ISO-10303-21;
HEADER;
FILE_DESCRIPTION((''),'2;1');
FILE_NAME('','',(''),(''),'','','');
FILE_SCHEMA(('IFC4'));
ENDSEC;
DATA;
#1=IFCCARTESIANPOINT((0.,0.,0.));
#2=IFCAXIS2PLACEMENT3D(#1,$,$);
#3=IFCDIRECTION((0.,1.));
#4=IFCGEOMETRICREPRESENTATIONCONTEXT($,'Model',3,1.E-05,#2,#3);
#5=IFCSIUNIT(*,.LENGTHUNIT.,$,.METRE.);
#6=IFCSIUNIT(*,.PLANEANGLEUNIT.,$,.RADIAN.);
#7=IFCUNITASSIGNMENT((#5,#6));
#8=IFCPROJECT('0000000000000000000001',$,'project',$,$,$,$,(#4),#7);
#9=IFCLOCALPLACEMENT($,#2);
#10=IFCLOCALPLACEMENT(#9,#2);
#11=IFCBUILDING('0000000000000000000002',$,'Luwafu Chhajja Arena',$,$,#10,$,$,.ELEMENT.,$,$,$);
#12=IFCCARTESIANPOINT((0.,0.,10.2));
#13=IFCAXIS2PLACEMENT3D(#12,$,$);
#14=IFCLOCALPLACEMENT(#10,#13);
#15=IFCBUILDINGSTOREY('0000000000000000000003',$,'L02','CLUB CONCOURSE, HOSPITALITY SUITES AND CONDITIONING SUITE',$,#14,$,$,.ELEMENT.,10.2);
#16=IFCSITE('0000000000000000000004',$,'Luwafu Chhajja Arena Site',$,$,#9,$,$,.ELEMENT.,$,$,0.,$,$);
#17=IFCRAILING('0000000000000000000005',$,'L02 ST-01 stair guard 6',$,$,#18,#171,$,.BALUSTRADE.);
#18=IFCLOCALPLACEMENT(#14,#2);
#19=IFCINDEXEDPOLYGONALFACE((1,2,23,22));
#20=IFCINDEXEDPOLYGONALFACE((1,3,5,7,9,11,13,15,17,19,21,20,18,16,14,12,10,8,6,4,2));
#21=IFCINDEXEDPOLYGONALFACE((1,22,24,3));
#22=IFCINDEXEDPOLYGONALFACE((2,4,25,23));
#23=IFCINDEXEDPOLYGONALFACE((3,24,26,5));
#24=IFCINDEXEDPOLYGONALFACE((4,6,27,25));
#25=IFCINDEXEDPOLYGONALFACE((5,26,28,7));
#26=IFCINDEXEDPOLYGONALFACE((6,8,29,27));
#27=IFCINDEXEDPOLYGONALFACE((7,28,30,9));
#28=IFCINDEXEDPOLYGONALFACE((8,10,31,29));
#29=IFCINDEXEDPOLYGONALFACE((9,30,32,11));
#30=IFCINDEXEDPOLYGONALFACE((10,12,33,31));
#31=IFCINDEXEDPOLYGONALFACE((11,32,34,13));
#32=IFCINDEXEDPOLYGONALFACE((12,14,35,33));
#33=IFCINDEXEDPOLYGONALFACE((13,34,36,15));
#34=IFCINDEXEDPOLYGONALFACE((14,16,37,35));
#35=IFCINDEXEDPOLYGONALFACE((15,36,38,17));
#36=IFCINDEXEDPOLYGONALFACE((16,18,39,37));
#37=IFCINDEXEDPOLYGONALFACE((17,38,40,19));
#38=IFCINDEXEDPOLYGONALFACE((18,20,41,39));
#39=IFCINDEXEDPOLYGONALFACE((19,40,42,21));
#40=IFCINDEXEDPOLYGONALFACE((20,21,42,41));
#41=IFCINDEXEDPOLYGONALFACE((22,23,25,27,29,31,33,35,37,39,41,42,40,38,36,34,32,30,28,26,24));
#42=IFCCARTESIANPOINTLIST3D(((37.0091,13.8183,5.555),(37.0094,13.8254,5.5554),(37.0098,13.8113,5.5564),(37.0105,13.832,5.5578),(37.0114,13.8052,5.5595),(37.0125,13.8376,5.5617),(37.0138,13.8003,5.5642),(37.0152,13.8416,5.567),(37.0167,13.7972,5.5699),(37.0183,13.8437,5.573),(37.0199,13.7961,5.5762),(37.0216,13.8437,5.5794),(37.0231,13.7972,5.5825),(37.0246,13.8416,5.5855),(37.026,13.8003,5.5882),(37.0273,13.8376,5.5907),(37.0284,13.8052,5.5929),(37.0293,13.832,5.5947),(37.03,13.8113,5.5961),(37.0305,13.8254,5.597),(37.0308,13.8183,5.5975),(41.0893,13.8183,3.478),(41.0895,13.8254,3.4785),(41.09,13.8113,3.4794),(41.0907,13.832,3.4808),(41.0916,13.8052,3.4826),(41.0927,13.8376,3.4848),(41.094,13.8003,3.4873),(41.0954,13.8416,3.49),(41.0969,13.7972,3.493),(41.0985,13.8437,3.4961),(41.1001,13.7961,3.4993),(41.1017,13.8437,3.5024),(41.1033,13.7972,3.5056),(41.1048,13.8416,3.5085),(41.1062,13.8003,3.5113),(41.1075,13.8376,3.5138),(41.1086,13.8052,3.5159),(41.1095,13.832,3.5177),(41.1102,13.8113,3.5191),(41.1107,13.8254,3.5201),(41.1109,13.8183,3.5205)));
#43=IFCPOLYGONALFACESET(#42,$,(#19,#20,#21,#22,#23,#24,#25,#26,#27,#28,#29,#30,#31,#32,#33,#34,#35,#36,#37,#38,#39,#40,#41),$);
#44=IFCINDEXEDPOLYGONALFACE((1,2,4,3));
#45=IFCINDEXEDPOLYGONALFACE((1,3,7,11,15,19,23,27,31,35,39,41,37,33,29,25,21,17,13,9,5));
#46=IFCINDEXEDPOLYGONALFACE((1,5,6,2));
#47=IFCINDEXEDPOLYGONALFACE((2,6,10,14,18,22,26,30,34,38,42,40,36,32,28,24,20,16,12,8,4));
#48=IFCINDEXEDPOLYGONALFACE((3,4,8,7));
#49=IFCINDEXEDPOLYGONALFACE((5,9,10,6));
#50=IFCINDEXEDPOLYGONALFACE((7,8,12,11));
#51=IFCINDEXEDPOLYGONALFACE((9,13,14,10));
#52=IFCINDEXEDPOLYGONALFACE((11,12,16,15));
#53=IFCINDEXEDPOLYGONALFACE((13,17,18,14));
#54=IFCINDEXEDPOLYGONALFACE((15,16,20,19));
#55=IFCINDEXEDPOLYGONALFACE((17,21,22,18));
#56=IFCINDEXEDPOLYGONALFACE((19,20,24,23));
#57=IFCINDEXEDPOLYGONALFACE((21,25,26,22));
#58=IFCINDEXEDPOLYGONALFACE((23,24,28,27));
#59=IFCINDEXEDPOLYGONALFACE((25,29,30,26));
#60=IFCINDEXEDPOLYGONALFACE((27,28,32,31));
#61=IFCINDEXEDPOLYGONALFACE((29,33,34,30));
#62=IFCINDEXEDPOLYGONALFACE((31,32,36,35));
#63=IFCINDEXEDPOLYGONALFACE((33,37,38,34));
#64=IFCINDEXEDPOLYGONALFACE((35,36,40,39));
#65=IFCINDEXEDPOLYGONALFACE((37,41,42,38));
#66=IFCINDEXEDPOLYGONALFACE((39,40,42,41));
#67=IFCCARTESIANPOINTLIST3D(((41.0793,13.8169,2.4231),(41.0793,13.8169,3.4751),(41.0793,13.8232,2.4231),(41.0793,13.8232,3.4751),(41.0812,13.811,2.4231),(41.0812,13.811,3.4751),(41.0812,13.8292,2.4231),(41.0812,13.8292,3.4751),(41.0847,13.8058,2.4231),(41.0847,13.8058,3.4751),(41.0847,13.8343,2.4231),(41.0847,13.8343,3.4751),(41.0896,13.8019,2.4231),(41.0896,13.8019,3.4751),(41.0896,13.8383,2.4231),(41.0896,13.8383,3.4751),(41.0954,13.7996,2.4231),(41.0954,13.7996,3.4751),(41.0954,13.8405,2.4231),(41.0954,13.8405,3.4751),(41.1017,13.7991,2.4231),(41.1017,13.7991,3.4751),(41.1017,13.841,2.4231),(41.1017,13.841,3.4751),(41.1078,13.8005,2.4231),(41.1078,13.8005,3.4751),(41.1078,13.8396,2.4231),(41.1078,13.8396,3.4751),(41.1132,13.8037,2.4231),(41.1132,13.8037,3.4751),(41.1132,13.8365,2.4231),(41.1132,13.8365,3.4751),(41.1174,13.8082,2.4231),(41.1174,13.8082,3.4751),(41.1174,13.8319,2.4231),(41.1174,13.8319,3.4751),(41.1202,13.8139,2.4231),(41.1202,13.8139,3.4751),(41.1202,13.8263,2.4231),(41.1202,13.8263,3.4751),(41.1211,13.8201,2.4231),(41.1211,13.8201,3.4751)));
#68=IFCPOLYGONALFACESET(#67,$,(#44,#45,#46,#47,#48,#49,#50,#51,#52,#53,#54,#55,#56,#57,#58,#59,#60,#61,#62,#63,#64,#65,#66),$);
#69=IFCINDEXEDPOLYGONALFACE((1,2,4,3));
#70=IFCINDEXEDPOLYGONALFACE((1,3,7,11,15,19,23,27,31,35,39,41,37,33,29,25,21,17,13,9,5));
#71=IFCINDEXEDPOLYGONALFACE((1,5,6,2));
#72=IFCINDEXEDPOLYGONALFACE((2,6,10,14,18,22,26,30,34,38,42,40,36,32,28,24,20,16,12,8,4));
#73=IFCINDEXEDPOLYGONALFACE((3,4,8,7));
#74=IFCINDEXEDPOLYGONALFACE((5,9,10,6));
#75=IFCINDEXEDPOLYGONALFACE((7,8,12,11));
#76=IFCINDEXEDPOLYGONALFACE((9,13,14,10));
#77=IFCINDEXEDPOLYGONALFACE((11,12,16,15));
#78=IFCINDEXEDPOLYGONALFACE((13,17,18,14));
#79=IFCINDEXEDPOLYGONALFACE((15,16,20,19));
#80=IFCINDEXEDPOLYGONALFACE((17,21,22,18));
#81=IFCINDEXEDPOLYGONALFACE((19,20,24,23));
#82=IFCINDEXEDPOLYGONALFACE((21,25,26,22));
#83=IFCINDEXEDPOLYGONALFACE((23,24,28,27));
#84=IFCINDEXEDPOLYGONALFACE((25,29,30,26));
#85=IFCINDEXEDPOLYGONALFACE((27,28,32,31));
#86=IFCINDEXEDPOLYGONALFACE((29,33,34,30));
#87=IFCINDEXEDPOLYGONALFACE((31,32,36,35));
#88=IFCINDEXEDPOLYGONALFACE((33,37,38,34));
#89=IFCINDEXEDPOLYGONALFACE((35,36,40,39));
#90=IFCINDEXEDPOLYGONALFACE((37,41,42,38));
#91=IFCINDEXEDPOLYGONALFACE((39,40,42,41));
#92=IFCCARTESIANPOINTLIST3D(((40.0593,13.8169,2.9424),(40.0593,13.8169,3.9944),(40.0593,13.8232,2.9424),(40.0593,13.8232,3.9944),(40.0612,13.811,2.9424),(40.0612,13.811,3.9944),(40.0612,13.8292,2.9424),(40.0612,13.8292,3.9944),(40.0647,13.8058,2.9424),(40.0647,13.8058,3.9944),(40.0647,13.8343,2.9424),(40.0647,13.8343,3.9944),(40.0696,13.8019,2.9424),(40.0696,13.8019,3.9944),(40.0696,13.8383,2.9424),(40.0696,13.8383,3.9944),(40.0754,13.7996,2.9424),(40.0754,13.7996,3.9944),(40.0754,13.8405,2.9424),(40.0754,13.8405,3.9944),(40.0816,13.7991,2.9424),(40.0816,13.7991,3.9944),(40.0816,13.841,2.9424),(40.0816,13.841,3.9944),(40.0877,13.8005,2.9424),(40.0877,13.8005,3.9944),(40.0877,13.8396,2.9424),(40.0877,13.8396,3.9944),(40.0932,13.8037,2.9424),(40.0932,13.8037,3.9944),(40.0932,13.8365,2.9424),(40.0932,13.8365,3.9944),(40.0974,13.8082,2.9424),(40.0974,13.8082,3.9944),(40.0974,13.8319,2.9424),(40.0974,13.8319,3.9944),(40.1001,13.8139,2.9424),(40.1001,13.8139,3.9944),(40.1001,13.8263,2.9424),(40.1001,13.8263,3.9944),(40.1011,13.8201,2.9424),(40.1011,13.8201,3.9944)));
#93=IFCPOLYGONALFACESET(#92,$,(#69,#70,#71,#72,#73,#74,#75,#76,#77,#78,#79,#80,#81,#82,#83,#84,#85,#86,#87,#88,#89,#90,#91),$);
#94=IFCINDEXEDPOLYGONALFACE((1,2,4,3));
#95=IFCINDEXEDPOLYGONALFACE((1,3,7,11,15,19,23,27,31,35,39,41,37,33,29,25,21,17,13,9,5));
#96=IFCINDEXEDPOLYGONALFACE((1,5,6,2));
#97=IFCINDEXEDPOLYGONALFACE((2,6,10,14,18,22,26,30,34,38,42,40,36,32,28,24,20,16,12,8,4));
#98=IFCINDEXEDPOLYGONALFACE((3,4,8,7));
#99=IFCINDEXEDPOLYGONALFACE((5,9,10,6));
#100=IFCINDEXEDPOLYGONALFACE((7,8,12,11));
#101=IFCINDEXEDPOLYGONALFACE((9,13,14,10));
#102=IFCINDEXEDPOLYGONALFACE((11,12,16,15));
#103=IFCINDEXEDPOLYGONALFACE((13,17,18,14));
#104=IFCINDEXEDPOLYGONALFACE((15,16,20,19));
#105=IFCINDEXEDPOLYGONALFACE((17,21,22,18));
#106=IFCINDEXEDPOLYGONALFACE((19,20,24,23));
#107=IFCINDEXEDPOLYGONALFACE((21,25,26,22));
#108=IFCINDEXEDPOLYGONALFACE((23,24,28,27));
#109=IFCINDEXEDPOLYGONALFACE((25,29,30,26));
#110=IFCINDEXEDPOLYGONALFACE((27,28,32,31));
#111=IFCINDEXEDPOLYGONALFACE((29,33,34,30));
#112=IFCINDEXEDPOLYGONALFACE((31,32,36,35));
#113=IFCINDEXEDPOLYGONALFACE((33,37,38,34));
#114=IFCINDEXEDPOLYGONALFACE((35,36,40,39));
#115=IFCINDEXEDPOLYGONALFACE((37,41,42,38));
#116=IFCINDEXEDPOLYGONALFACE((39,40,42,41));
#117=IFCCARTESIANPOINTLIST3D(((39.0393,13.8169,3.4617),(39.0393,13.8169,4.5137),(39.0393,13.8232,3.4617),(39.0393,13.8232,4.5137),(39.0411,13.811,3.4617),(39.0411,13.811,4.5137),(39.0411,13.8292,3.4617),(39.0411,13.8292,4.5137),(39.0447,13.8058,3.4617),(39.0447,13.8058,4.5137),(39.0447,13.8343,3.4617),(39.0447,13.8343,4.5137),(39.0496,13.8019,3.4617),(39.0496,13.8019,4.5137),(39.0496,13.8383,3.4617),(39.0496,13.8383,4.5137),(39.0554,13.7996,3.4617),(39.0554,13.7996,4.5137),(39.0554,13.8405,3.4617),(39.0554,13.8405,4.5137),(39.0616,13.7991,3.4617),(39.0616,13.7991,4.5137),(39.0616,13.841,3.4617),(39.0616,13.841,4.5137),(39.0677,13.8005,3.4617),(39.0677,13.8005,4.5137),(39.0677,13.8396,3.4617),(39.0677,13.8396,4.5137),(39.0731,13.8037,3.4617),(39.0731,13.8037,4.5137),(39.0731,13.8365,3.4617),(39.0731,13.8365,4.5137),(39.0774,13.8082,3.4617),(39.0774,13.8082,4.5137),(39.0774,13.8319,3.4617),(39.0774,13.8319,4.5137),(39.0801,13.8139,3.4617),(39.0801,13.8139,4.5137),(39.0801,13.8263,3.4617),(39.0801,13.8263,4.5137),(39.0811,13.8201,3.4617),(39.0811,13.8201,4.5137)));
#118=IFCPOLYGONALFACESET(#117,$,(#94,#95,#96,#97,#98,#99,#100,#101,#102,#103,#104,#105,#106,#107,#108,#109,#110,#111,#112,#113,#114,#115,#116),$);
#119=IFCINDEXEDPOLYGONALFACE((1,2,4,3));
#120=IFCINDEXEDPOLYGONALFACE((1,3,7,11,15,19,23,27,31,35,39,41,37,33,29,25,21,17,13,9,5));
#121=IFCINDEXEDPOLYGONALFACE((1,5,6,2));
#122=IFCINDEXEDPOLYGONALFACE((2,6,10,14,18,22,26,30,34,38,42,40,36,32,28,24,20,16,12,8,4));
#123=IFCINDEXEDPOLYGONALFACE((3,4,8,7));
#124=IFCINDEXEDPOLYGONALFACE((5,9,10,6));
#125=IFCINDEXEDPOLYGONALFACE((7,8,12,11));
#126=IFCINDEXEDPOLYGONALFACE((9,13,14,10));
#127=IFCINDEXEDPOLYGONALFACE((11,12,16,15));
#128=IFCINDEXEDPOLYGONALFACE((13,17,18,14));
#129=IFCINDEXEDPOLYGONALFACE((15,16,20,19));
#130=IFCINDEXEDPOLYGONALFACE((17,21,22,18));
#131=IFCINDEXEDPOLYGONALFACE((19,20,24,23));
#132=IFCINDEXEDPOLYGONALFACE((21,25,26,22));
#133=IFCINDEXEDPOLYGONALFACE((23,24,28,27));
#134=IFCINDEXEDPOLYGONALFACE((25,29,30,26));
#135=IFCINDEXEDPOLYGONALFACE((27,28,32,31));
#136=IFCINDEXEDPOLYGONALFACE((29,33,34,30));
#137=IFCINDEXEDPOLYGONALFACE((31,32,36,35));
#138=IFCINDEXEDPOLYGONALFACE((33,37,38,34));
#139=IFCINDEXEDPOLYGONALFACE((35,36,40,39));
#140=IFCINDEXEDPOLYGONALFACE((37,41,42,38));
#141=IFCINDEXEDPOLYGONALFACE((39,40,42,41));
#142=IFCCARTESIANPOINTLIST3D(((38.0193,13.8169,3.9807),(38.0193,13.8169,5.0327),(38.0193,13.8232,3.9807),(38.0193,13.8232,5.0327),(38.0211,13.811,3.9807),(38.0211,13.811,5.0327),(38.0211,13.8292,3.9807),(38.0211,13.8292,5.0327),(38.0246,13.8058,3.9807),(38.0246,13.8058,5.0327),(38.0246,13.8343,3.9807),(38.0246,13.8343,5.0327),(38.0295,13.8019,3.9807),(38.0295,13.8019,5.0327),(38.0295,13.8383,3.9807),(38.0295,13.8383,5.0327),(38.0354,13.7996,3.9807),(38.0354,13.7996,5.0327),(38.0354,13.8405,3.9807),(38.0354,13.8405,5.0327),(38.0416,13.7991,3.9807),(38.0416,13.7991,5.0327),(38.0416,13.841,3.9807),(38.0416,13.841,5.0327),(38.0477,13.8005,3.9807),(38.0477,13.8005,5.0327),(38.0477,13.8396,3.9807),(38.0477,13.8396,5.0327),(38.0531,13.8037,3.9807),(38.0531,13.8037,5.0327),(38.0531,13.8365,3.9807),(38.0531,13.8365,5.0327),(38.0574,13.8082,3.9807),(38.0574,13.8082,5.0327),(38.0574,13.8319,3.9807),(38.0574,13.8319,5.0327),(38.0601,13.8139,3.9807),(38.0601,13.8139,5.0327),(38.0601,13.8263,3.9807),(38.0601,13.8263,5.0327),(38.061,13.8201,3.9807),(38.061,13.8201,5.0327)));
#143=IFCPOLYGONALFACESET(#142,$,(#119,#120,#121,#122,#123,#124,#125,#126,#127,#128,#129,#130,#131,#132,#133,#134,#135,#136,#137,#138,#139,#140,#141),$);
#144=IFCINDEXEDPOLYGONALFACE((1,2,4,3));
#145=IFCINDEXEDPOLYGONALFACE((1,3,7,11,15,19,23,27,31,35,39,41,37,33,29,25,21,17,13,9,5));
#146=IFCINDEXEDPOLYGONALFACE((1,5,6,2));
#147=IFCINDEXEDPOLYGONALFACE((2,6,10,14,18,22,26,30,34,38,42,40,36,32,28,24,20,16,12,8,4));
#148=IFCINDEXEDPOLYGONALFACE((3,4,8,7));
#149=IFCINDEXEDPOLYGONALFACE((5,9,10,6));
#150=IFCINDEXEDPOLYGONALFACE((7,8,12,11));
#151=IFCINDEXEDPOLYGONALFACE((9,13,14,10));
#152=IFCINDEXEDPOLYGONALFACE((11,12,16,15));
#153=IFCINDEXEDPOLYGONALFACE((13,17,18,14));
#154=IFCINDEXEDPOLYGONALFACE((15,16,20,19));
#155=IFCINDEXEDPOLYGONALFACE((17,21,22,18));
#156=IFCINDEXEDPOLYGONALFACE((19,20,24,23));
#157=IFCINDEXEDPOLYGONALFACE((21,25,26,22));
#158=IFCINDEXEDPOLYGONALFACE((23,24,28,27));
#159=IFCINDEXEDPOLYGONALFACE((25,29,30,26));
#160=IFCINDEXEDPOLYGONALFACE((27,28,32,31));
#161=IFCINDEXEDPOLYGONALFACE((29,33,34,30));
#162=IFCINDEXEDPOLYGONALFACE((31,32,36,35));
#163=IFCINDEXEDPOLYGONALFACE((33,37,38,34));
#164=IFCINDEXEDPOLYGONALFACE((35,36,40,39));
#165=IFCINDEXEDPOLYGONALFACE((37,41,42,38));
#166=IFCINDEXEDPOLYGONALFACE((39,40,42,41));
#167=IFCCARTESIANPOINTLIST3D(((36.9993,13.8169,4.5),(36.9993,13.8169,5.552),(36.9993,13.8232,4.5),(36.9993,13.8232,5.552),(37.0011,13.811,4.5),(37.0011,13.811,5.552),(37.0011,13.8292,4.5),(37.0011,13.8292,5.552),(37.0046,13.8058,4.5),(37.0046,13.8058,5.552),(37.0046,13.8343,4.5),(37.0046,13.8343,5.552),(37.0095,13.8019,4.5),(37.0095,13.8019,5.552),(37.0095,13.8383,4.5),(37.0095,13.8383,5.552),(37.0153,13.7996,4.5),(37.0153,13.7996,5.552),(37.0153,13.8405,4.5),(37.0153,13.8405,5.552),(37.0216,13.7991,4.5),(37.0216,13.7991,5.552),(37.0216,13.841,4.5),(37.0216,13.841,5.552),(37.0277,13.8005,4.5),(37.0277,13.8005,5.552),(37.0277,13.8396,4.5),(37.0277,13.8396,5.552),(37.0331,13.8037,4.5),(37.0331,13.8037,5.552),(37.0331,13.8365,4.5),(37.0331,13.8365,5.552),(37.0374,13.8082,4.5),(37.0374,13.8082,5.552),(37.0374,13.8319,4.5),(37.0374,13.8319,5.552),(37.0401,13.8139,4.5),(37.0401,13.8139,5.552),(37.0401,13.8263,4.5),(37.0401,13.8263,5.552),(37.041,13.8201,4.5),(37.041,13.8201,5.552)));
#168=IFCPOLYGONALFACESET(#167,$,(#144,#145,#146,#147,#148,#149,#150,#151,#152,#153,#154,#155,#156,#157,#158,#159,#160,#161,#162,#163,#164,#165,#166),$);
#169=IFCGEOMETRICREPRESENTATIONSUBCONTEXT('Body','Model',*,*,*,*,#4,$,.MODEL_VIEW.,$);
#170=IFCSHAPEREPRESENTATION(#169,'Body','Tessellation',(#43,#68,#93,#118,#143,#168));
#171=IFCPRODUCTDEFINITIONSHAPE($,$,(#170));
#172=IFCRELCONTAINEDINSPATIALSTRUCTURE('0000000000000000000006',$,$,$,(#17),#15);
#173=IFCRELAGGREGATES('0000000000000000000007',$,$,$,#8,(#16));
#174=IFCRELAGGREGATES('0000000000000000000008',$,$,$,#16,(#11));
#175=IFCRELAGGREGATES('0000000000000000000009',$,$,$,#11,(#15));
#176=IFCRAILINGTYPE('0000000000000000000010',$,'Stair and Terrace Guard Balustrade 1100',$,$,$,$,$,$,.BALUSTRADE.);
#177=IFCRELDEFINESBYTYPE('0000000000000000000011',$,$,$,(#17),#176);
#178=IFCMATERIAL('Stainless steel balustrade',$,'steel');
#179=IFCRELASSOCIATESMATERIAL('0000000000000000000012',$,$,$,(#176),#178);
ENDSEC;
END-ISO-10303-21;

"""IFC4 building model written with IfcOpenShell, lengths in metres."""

from ifc_helpers import new_model, si_unit, direction, frame, origin, origin_2d, place, context, subcontext, project, spatial, circle, extrude, material, type_object, element, save


model = new_model("IFC4")

# Units and contexts
model_context = context("Model", 3, precision=1e-05, world=origin(), true_north=direction((0.0, 1.0)))
body_context = subcontext(model_context, "Body", "Model", "MODEL_VIEW")
ifc_project = project(units=[si_unit("LENGTHUNIT", "METRE"), si_unit("PLANEANGLEUNIT", "RADIAN")], contexts=[model_context])

# Site, building, storey
site_placement = place(None, origin())
site = spatial("IfcSite", under=ifc_project, at=site_placement, Name="Luwafu Chhajja Arena Site", CompositionType="ELEMENT", RefElevation=0.0)
building_placement = place(site_placement, origin())
building = spatial("IfcBuilding", under=site, at=building_placement, Name="Luwafu Chhajja Arena", CompositionType="ELEMENT")
storey_placement = place(building_placement, frame((0.0, 0.0, 10.2)))
storey = spatial("IfcBuildingStorey", under=building, at=storey_placement, Name="L02", Description="CLUB CONCOURSE, HOSPITALITY SUITES AND CONDITIONING SUITE", CompositionType="ELEMENT", Elevation=10.2)

# Railing
ifc_material_1 = material(Name="Stainless steel balustrade", Category="steel")
railing_type_1 = type_object("IfcRailingType", Name="Stair and Terrace Guard Balustrade 1100", PredefinedType="BALUSTRADE", material=ifc_material_1)
railing_1_placement = place(storey_placement, frame((41.1001, 13.8201, 2.4231)))
element("IfcRailing", 1, at=railing_1_placement, inside=storey, type_object=railing_type_1, Name="L02 ST-01 stair guard 6", PredefinedType="BALUSTRADE", context=body_context, shape_type="SweptSolid", body=[
    extrude(circle(Radius=0.0239, at=origin_2d()), frame((0.0, 0.0, 1.0762), z_axis=(-0.891183, 0.0, 0.453644), x_axis=(0.0, -1.0, 0.0)), (0.0, 0.0, 1.0), 4.5784),
    extrude(circle(Radius=0.021, at=origin_2d()), origin(), (0.0, 0.0, 1.0), 1.052),
    extrude(circle(Radius=0.021, at=origin_2d()), frame((-1.02, 0.0, 0.5193)), (0.0, 0.0, 1.0), 1.052),
    extrude(circle(Radius=0.021, at=origin_2d()), frame((-2.04, 0.0, 1.0386)), (0.0, 0.0, 1.0), 1.052),
    extrude(circle(Radius=0.021, at=origin_2d()), frame((-3.0601, 0.0, 1.5576)), (0.0, 0.0, 1.0), 1.052),
    extrude(circle(Radius=0.021, at=origin_2d()), frame((-4.0801, 0.0, 2.0769)), (0.0, 0.0, 1.0), 1.052),
])

save(model, "model.ifc")
